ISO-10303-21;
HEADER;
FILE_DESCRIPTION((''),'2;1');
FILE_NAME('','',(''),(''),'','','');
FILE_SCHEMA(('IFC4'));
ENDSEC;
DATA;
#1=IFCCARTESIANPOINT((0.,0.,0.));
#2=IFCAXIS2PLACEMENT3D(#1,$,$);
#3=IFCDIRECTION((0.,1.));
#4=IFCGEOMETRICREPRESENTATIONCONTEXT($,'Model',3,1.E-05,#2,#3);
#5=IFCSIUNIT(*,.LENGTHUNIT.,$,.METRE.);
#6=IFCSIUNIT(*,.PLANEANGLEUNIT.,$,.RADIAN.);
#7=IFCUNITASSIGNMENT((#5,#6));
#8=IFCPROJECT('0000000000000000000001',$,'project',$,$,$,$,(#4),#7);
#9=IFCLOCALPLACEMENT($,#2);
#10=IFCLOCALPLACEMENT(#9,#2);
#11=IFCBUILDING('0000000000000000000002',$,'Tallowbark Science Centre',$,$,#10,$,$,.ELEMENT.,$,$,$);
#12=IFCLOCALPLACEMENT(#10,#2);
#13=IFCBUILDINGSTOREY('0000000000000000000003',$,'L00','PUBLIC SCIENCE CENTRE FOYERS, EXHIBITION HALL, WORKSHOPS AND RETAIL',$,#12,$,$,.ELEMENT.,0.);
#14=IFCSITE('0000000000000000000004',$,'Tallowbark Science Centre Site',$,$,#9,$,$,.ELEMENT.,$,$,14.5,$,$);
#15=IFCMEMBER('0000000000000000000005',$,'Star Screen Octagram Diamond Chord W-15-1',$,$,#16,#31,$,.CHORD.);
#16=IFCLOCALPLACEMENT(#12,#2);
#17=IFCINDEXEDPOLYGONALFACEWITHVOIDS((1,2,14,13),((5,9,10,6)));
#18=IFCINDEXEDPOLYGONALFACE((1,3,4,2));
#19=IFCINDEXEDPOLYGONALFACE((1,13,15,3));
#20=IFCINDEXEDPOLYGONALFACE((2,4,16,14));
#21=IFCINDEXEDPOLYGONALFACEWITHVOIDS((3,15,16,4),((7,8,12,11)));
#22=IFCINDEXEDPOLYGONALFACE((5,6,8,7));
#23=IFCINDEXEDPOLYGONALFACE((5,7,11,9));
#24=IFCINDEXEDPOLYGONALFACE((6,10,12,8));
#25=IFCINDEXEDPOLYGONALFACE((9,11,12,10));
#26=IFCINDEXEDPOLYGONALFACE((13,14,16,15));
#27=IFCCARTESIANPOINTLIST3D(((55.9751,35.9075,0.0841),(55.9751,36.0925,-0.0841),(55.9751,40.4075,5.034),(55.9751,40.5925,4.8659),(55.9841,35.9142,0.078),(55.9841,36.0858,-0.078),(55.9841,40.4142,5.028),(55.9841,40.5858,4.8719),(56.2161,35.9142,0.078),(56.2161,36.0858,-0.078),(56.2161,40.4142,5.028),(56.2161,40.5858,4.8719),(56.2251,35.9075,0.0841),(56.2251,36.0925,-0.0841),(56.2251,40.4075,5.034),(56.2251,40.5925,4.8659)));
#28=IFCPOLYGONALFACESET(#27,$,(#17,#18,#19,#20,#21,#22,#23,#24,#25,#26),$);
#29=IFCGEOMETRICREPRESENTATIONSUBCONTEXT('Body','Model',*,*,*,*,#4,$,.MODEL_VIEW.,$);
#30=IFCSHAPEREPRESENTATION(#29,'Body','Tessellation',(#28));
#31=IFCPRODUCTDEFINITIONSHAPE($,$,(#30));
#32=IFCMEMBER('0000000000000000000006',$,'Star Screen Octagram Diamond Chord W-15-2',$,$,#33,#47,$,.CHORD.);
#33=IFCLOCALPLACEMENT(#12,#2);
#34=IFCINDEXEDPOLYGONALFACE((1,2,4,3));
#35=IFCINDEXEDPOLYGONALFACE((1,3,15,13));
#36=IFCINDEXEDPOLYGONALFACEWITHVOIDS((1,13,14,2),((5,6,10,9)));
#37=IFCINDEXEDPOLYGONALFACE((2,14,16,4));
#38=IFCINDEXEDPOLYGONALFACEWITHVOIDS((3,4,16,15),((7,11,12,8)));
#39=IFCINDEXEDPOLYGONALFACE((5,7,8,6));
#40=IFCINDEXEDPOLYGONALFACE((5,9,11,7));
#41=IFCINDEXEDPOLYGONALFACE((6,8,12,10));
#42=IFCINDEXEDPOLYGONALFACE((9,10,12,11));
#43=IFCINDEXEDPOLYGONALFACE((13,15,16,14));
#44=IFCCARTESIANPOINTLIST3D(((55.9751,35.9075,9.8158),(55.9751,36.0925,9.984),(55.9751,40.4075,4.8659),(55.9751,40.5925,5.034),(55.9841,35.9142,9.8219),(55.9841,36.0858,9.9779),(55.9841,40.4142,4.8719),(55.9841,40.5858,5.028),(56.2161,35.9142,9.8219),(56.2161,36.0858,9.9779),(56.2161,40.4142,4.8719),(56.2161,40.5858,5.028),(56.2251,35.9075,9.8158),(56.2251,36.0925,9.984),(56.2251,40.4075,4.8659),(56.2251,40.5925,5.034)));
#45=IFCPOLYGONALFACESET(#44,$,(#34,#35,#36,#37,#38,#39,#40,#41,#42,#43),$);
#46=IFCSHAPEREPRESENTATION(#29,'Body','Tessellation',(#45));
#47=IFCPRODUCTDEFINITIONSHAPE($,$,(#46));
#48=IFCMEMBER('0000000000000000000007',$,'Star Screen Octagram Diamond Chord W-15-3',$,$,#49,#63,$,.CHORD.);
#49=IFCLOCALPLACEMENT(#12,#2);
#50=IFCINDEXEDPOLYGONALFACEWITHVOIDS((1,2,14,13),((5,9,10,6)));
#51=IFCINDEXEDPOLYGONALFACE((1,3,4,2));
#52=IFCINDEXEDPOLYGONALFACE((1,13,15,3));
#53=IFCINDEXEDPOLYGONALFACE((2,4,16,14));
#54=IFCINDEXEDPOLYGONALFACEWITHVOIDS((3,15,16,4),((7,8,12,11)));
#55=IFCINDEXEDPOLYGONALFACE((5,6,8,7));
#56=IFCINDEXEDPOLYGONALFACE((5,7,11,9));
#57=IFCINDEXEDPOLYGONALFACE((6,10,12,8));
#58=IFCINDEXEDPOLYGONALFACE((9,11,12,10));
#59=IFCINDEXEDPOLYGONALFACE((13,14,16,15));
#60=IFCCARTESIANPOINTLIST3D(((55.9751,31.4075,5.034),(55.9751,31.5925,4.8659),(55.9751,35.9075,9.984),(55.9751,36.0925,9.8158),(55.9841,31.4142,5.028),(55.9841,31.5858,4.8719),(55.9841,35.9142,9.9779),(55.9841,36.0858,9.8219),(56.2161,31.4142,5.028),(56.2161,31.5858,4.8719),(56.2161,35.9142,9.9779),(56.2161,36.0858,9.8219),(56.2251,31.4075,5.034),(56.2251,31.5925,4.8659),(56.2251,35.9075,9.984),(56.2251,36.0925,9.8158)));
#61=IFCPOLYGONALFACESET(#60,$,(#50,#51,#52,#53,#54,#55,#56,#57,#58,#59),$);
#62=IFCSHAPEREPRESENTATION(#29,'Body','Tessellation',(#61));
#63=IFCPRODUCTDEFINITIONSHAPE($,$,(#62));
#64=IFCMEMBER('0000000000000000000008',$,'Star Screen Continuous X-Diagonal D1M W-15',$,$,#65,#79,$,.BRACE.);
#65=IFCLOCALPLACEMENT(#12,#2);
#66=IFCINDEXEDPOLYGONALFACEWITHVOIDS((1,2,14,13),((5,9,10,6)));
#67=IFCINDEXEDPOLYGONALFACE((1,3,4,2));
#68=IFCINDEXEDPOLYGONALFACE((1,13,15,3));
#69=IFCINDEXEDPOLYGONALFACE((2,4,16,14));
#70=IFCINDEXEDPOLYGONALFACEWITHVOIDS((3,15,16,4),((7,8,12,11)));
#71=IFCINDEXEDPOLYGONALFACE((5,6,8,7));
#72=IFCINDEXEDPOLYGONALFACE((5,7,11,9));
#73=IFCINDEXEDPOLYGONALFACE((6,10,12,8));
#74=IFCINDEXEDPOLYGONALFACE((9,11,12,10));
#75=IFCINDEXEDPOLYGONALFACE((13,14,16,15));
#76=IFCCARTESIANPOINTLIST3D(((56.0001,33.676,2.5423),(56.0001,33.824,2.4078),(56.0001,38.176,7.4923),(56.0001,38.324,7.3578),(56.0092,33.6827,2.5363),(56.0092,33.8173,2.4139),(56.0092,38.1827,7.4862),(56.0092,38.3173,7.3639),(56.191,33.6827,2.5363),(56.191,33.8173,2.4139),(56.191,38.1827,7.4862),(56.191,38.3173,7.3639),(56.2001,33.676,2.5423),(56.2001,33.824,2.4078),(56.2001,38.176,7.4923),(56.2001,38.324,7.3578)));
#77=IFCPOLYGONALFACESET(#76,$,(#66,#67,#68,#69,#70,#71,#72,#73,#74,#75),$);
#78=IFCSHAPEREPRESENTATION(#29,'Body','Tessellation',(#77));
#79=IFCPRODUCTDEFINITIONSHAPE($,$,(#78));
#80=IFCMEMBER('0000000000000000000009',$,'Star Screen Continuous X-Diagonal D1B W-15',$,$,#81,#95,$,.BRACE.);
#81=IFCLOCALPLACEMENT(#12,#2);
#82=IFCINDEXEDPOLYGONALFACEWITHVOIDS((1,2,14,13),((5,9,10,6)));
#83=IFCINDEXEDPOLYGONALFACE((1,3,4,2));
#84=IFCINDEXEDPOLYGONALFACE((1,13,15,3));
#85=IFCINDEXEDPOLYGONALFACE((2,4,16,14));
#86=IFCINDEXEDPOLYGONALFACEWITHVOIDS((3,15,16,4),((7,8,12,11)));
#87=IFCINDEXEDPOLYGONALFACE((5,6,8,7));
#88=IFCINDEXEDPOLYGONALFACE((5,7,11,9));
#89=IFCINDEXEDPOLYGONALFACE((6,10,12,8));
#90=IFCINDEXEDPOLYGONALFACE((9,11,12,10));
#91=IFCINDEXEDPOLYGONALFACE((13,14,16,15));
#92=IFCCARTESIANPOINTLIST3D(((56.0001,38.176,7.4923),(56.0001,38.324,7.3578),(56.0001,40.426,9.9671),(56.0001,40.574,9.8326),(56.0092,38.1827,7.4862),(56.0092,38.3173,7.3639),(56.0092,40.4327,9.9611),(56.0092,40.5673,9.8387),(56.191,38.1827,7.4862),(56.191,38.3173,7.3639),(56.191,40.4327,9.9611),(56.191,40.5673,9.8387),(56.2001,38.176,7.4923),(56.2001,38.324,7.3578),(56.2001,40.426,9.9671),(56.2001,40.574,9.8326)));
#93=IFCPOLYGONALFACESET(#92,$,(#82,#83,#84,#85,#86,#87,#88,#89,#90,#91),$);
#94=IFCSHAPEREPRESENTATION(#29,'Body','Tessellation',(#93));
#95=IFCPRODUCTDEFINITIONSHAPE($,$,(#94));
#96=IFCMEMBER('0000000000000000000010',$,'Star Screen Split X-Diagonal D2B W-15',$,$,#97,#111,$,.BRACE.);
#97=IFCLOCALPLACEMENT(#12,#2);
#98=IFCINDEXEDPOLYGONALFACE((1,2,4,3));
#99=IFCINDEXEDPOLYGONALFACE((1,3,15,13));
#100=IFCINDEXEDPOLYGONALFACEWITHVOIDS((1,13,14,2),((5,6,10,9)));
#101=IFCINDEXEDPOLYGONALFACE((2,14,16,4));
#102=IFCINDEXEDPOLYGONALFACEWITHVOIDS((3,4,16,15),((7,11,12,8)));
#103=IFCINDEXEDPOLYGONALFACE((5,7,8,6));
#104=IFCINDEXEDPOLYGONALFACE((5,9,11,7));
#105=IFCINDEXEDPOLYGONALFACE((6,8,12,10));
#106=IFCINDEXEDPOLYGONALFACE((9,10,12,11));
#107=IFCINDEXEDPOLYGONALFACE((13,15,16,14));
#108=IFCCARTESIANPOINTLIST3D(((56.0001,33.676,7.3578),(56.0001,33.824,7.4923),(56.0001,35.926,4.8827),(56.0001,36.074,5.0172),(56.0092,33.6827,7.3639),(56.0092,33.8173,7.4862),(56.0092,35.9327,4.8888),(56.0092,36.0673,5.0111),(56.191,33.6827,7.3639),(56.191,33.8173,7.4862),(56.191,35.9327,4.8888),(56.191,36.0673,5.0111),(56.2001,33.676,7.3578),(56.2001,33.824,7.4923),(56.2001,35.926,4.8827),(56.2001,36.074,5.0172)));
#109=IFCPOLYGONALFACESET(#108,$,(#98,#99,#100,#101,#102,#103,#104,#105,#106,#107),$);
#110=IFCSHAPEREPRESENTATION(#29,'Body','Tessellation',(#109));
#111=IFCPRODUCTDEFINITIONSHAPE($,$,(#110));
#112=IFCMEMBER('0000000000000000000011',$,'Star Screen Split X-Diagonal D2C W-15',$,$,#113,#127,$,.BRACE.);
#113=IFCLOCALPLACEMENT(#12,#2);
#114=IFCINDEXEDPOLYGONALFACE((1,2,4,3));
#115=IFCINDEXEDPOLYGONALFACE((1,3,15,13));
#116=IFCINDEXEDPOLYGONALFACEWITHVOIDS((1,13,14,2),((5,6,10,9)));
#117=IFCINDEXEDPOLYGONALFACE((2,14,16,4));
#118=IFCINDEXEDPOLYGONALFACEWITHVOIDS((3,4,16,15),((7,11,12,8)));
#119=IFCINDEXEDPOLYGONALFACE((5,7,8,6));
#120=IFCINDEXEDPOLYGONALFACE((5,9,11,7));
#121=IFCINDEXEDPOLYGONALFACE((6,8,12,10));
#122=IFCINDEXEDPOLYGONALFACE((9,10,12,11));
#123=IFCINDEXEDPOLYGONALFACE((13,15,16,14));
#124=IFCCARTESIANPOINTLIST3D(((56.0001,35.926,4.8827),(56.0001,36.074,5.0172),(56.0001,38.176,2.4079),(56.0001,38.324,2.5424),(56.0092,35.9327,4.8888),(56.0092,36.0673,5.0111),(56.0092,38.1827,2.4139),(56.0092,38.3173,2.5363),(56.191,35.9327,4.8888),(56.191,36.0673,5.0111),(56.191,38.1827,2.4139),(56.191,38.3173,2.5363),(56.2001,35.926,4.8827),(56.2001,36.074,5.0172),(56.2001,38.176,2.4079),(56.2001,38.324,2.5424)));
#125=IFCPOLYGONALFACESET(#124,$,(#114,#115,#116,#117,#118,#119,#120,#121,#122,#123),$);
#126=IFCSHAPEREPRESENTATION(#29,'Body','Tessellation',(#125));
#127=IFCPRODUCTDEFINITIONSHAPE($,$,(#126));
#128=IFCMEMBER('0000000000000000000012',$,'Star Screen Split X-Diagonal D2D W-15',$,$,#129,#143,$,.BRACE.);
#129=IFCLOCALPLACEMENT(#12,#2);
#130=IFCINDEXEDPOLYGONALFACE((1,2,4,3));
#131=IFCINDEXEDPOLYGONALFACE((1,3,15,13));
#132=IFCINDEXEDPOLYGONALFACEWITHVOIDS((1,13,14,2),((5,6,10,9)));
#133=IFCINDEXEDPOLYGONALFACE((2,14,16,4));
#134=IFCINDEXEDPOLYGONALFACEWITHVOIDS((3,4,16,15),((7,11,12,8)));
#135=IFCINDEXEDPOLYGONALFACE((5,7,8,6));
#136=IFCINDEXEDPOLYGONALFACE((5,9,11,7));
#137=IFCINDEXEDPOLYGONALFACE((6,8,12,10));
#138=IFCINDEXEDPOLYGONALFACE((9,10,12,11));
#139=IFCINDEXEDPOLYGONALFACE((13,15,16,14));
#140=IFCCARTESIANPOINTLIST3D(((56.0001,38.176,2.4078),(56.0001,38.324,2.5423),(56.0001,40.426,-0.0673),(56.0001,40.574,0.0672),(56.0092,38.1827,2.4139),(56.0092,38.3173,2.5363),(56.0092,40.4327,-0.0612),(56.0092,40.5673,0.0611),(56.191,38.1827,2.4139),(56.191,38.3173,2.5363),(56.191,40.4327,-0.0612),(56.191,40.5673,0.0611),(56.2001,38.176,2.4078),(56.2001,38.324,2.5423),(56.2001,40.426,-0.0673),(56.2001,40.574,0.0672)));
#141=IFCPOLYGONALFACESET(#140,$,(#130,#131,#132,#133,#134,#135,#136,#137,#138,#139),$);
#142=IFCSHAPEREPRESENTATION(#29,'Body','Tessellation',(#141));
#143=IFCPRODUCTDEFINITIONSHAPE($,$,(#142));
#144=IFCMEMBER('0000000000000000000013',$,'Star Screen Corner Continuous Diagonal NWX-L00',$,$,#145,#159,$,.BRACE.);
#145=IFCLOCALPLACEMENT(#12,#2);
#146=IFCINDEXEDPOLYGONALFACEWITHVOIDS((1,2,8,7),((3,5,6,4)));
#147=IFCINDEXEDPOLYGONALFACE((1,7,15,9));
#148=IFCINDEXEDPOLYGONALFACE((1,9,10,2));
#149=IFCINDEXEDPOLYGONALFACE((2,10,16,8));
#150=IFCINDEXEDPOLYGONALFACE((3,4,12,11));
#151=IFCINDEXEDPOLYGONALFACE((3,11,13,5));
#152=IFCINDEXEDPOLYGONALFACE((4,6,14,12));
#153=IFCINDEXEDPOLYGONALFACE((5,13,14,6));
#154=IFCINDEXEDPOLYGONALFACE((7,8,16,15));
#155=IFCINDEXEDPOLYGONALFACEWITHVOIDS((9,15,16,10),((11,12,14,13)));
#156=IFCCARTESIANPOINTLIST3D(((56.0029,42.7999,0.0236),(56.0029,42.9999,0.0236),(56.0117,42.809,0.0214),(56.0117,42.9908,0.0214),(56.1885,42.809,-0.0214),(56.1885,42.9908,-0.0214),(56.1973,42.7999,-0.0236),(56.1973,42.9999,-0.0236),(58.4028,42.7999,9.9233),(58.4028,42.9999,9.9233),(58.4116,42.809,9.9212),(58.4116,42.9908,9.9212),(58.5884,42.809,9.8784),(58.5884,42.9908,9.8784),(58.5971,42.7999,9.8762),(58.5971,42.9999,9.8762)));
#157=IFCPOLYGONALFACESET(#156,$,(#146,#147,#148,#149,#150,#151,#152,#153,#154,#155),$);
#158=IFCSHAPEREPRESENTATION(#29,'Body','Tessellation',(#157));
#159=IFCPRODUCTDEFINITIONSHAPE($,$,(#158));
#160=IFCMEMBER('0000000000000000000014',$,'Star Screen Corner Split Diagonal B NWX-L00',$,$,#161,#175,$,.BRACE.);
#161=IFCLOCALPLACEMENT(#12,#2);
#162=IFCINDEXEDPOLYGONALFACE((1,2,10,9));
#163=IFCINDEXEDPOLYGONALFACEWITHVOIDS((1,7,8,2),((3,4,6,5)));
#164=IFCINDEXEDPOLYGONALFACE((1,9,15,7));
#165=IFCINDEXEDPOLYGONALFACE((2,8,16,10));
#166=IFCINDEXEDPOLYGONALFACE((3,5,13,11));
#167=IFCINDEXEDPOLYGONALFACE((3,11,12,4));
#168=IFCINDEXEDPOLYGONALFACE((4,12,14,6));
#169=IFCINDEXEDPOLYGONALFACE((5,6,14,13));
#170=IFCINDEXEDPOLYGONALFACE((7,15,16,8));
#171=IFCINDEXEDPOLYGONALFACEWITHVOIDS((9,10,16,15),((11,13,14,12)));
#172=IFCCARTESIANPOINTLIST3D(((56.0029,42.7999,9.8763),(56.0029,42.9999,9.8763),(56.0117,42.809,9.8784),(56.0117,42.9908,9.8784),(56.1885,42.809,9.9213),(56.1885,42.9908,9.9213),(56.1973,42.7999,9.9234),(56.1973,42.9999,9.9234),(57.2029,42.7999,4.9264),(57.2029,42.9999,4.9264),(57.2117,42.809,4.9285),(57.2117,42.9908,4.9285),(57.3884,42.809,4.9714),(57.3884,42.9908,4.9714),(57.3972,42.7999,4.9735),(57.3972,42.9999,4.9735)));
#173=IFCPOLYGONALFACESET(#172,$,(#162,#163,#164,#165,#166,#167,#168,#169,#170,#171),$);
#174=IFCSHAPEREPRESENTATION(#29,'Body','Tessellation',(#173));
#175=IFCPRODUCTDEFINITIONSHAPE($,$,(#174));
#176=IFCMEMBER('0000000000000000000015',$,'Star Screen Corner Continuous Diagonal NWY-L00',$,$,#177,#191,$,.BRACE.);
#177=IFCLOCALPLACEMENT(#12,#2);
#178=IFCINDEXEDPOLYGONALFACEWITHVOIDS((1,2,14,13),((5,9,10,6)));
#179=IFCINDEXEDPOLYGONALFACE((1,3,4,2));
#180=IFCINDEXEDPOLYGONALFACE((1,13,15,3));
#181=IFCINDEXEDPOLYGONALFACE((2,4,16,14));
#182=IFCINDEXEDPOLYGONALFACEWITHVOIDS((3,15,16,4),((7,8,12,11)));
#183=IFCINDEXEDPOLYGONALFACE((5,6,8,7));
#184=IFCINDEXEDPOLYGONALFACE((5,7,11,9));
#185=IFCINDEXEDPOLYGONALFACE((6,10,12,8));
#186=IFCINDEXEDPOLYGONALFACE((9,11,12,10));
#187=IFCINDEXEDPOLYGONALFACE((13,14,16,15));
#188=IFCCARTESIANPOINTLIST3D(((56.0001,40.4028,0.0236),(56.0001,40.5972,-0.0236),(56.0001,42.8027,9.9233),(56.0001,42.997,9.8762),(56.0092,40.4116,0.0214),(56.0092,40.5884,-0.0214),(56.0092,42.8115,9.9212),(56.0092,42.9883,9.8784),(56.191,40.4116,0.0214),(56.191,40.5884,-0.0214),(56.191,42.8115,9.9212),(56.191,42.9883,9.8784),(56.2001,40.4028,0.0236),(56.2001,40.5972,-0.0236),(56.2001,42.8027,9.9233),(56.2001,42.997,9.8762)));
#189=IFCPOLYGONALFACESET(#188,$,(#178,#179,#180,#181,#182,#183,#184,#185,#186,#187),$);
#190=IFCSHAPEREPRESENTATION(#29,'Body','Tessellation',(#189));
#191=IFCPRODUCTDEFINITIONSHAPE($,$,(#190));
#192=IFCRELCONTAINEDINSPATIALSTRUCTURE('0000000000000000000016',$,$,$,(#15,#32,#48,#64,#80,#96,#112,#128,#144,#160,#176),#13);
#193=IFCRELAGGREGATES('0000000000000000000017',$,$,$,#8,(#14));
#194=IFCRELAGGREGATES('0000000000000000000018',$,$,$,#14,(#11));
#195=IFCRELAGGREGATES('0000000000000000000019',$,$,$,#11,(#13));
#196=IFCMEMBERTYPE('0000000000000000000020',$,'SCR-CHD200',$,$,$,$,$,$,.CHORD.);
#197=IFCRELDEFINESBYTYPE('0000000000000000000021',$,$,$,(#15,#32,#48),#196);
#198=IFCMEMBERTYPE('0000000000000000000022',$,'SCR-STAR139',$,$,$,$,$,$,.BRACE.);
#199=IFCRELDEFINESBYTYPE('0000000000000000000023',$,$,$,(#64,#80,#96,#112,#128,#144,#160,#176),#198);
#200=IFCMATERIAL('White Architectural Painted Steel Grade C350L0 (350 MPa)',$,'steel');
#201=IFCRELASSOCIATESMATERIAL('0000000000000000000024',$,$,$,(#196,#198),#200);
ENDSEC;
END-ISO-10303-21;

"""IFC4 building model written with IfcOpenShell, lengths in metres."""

from ifc_helpers import new_model, si_unit, direction, frame, origin, origin_2d, place, context, subcontext, project, spatial, hollow_rectangle, extrude, material, material_profile, profile_set, type_object, element, save


model = new_model("IFC4")

# Units and contexts
model_context = context("Model", 3, precision=1e-05, world=origin(), true_north=direction((0.0, 1.0)))
body_context = subcontext(model_context, "Body", "Model", "MODEL_VIEW")
ifc_project = project(units=[si_unit("LENGTHUNIT", "METRE"), si_unit("PLANEANGLEUNIT", "RADIAN")], contexts=[model_context])

# Site, building, storey
site_placement = place(None, origin())
site = spatial("IfcSite", under=ifc_project, at=site_placement, Name="Tallowbark Science Centre Site", CompositionType="ELEMENT", RefElevation=14.5)
building_placement = place(site_placement, origin())
building = spatial("IfcBuilding", under=site, at=building_placement, Name="Tallowbark Science Centre", CompositionType="ELEMENT")
storey_placement = place(building_placement, origin())
storey = spatial("IfcBuildingStorey", under=building, at=storey_placement, Name="L00", Description="PUBLIC SCIENCE CENTRE FOYERS, EXHIBITION HALL, WORKSHOPS AND RETAIL", CompositionType="ELEMENT", Elevation=0.0)

# Shared definitions
ifc_material_1 = material(Name="White Architectural Painted Steel Grade C350L0 (350 MPa)", Category="steel")

# Members
ifc_material_profile_1 = material_profile(ifc_material_1, hollow_rectangle(XDim=0.25, YDim=0.25, WallThickness=0.009, at=origin_2d()), Name="250x250x9.0SHS")
ifc_profile_set_1 = profile_set([ifc_material_profile_1], Name="White Architectural Painted Steel Grade C350L0 (350 MPa)")
member_type_1 = type_object("IfcMemberType", Name="SCR-CHD200", PredefinedType="CHORD", material=ifc_profile_set_1)
for number, where, z_axis, x_axis, name in (
    (1, (56.1001, 36.0, 0.0), (0.0, 0.672676, 0.739937), (-1.0, 0.0, 0.0), "Star Screen Octagram Diamond Chord W-15-1"),
    (2, (56.1001, 40.5, 4.95), (0.0, -0.672676, 0.739937), (1.0, 0.0, 0.0), "Star Screen Octagram Diamond Chord W-15-2"),
    (3, (56.1001, 36.0, 9.8999), (0.0, -0.672676, -0.739937), (1.0, 0.0, 0.0), "Star Screen Octagram Diamond Chord W-15-3"),
):
    element("IfcMember", number, at=place(storey_placement, frame(where, z_axis=z_axis, x_axis=x_axis)), inside=storey, type_object=member_type_1, Name=name, PredefinedType="CHORD", context=body_context, shape_type="SweptSolid", body=[
        extrude(hollow_rectangle(XDim=0.25, YDim=0.25, WallThickness=0.009, at=origin_2d()), origin(), (0.0, 0.0, 1.0), 6.6897),
    ])
ifc_material_profile_2 = material_profile(ifc_material_1, hollow_rectangle(XDim=0.2, YDim=0.2, WallThickness=0.009, at=origin_2d()), Name="200x200x9.0SHS")
ifc_profile_set_2 = profile_set([ifc_material_profile_2], Name="White Architectural Painted Steel Grade C350L0 (350 MPa)")
member_type_2 = type_object("IfcMemberType", Name="SCR-STAR139", PredefinedType="BRACE", material=ifc_profile_set_2)
member_1_placement = place(storey_placement, frame((56.1001, 33.75, 2.4751), z_axis=(0.0, 0.672676, 0.739937), x_axis=(-1.0, 0.0, 0.0)))
element("IfcMember", 4, at=member_1_placement, inside=storey, type_object=member_type_2, Name="Star Screen Continuous X-Diagonal D1M W-15", PredefinedType="BRACE", context=body_context, shape_type="SweptSolid", body=[
    extrude(hollow_rectangle(XDim=0.2, YDim=0.2, WallThickness=0.009, at=origin_2d()), origin(), (0.0, 0.0, 1.0), 6.6897),
])
member_2_placement = place(storey_placement, frame((56.1001, 38.25, 7.425), z_axis=(0.0, 0.672695, 0.73992), x_axis=(-1.0, 0.0, 0.0)))
element("IfcMember", 5, at=member_2_placement, inside=storey, type_object=member_type_2, Name="Star Screen Continuous X-Diagonal D1B W-15", PredefinedType="BRACE", context=body_context, shape_type="SweptSolid", body=[
    extrude(hollow_rectangle(XDim=0.2, YDim=0.2, WallThickness=0.009, at=origin_2d()), origin(), (0.0, 0.0, 1.0), 3.3447),
])
member_3_placement = place(storey_placement, frame((56.1001, 33.75, 7.425), z_axis=(0.0, 0.672658, -0.739953), x_axis=(-1.0, 0.0, 0.0)))
element("IfcMember", 6, at=member_3_placement, inside=storey, type_object=member_type_2, Name="Star Screen Split X-Diagonal D2B W-15", PredefinedType="BRACE", context=body_context, shape_type="SweptSolid", body=[
    extrude(hollow_rectangle(XDim=0.2, YDim=0.2, WallThickness=0.009, at=origin_2d()), origin(), (0.0, 0.0, 1.0), 3.345),
])
member_4_placement = place(storey_placement, frame((56.1001, 36.0, 4.95), z_axis=(0.0, 0.672695, -0.73992), x_axis=(-1.0, 0.0, 0.0)))
element("IfcMember", 7, at=member_4_placement, inside=storey, type_object=member_type_2, Name="Star Screen Split X-Diagonal D2C W-15", PredefinedType="BRACE", context=body_context, shape_type="SweptSolid", body=[
    extrude(hollow_rectangle(XDim=0.2, YDim=0.2, WallThickness=0.009, at=origin_2d()), origin(), (0.0, 0.0, 1.0), 3.3447),
])
member_5_placement = place(storey_placement, frame((56.1001, 38.25, 2.4751), z_axis=(0.0, 0.672658, -0.739953), x_axis=(-1.0, 0.0, 0.0)))
element("IfcMember", 8, at=member_5_placement, inside=storey, type_object=member_type_2, Name="Star Screen Split X-Diagonal D2D W-15", PredefinedType="BRACE", context=body_context, shape_type="SweptSolid", body=[
    extrude(hollow_rectangle(XDim=0.2, YDim=0.2, WallThickness=0.009, at=origin_2d()), origin(), (0.0, 0.0, 1.0), 3.345),
])
member_6_placement = place(storey_placement, frame((56.1001, 42.8999, 0.0), z_axis=(0.235593, 0.0, 0.971852), x_axis=(0.0, 1.0, 0.0)))
element("IfcMember", 9, at=member_6_placement, inside=storey, type_object=member_type_2, Name="Star Screen Corner Continuous Diagonal NWX-L00", PredefinedType="BRACE", context=body_context, shape_type="SweptSolid", body=[
    extrude(hollow_rectangle(XDim=0.2, YDim=0.2, WallThickness=0.009, at=origin_2d()), origin(), (0.0, 0.0, 1.0), 10.1865),
])
member_7_placement = place(storey_placement, frame((57.3, 42.8999, 4.95), z_axis=(-0.235593, 0.0, 0.971852), x_axis=(0.0, -1.0, 0.0)))
element("IfcMember", 10, at=member_7_placement, inside=storey, type_object=member_type_2, Name="Star Screen Corner Split Diagonal B NWX-L00", PredefinedType="BRACE", context=body_context, shape_type="SweptSolid", body=[
    extrude(hollow_rectangle(XDim=0.2, YDim=0.2, WallThickness=0.009, at=origin_2d()), origin(), (0.0, 0.0, 1.0), 5.0933),
])
member_8_placement = place(storey_placement, frame((56.1001, 40.5, 0.0), z_axis=(0.0, 0.235593, 0.971852), x_axis=(-1.0, 0.0, 0.0)))
element("IfcMember", 11, at=member_8_placement, inside=storey, type_object=member_type_2, Name="Star Screen Corner Continuous Diagonal NWY-L00", PredefinedType="BRACE", context=body_context, shape_type="SweptSolid", body=[
    extrude(hollow_rectangle(XDim=0.2, YDim=0.2, WallThickness=0.009, at=origin_2d()), origin(), (0.0, 0.0, 1.0), 10.1865),
])

save(model, "model.ifc")
